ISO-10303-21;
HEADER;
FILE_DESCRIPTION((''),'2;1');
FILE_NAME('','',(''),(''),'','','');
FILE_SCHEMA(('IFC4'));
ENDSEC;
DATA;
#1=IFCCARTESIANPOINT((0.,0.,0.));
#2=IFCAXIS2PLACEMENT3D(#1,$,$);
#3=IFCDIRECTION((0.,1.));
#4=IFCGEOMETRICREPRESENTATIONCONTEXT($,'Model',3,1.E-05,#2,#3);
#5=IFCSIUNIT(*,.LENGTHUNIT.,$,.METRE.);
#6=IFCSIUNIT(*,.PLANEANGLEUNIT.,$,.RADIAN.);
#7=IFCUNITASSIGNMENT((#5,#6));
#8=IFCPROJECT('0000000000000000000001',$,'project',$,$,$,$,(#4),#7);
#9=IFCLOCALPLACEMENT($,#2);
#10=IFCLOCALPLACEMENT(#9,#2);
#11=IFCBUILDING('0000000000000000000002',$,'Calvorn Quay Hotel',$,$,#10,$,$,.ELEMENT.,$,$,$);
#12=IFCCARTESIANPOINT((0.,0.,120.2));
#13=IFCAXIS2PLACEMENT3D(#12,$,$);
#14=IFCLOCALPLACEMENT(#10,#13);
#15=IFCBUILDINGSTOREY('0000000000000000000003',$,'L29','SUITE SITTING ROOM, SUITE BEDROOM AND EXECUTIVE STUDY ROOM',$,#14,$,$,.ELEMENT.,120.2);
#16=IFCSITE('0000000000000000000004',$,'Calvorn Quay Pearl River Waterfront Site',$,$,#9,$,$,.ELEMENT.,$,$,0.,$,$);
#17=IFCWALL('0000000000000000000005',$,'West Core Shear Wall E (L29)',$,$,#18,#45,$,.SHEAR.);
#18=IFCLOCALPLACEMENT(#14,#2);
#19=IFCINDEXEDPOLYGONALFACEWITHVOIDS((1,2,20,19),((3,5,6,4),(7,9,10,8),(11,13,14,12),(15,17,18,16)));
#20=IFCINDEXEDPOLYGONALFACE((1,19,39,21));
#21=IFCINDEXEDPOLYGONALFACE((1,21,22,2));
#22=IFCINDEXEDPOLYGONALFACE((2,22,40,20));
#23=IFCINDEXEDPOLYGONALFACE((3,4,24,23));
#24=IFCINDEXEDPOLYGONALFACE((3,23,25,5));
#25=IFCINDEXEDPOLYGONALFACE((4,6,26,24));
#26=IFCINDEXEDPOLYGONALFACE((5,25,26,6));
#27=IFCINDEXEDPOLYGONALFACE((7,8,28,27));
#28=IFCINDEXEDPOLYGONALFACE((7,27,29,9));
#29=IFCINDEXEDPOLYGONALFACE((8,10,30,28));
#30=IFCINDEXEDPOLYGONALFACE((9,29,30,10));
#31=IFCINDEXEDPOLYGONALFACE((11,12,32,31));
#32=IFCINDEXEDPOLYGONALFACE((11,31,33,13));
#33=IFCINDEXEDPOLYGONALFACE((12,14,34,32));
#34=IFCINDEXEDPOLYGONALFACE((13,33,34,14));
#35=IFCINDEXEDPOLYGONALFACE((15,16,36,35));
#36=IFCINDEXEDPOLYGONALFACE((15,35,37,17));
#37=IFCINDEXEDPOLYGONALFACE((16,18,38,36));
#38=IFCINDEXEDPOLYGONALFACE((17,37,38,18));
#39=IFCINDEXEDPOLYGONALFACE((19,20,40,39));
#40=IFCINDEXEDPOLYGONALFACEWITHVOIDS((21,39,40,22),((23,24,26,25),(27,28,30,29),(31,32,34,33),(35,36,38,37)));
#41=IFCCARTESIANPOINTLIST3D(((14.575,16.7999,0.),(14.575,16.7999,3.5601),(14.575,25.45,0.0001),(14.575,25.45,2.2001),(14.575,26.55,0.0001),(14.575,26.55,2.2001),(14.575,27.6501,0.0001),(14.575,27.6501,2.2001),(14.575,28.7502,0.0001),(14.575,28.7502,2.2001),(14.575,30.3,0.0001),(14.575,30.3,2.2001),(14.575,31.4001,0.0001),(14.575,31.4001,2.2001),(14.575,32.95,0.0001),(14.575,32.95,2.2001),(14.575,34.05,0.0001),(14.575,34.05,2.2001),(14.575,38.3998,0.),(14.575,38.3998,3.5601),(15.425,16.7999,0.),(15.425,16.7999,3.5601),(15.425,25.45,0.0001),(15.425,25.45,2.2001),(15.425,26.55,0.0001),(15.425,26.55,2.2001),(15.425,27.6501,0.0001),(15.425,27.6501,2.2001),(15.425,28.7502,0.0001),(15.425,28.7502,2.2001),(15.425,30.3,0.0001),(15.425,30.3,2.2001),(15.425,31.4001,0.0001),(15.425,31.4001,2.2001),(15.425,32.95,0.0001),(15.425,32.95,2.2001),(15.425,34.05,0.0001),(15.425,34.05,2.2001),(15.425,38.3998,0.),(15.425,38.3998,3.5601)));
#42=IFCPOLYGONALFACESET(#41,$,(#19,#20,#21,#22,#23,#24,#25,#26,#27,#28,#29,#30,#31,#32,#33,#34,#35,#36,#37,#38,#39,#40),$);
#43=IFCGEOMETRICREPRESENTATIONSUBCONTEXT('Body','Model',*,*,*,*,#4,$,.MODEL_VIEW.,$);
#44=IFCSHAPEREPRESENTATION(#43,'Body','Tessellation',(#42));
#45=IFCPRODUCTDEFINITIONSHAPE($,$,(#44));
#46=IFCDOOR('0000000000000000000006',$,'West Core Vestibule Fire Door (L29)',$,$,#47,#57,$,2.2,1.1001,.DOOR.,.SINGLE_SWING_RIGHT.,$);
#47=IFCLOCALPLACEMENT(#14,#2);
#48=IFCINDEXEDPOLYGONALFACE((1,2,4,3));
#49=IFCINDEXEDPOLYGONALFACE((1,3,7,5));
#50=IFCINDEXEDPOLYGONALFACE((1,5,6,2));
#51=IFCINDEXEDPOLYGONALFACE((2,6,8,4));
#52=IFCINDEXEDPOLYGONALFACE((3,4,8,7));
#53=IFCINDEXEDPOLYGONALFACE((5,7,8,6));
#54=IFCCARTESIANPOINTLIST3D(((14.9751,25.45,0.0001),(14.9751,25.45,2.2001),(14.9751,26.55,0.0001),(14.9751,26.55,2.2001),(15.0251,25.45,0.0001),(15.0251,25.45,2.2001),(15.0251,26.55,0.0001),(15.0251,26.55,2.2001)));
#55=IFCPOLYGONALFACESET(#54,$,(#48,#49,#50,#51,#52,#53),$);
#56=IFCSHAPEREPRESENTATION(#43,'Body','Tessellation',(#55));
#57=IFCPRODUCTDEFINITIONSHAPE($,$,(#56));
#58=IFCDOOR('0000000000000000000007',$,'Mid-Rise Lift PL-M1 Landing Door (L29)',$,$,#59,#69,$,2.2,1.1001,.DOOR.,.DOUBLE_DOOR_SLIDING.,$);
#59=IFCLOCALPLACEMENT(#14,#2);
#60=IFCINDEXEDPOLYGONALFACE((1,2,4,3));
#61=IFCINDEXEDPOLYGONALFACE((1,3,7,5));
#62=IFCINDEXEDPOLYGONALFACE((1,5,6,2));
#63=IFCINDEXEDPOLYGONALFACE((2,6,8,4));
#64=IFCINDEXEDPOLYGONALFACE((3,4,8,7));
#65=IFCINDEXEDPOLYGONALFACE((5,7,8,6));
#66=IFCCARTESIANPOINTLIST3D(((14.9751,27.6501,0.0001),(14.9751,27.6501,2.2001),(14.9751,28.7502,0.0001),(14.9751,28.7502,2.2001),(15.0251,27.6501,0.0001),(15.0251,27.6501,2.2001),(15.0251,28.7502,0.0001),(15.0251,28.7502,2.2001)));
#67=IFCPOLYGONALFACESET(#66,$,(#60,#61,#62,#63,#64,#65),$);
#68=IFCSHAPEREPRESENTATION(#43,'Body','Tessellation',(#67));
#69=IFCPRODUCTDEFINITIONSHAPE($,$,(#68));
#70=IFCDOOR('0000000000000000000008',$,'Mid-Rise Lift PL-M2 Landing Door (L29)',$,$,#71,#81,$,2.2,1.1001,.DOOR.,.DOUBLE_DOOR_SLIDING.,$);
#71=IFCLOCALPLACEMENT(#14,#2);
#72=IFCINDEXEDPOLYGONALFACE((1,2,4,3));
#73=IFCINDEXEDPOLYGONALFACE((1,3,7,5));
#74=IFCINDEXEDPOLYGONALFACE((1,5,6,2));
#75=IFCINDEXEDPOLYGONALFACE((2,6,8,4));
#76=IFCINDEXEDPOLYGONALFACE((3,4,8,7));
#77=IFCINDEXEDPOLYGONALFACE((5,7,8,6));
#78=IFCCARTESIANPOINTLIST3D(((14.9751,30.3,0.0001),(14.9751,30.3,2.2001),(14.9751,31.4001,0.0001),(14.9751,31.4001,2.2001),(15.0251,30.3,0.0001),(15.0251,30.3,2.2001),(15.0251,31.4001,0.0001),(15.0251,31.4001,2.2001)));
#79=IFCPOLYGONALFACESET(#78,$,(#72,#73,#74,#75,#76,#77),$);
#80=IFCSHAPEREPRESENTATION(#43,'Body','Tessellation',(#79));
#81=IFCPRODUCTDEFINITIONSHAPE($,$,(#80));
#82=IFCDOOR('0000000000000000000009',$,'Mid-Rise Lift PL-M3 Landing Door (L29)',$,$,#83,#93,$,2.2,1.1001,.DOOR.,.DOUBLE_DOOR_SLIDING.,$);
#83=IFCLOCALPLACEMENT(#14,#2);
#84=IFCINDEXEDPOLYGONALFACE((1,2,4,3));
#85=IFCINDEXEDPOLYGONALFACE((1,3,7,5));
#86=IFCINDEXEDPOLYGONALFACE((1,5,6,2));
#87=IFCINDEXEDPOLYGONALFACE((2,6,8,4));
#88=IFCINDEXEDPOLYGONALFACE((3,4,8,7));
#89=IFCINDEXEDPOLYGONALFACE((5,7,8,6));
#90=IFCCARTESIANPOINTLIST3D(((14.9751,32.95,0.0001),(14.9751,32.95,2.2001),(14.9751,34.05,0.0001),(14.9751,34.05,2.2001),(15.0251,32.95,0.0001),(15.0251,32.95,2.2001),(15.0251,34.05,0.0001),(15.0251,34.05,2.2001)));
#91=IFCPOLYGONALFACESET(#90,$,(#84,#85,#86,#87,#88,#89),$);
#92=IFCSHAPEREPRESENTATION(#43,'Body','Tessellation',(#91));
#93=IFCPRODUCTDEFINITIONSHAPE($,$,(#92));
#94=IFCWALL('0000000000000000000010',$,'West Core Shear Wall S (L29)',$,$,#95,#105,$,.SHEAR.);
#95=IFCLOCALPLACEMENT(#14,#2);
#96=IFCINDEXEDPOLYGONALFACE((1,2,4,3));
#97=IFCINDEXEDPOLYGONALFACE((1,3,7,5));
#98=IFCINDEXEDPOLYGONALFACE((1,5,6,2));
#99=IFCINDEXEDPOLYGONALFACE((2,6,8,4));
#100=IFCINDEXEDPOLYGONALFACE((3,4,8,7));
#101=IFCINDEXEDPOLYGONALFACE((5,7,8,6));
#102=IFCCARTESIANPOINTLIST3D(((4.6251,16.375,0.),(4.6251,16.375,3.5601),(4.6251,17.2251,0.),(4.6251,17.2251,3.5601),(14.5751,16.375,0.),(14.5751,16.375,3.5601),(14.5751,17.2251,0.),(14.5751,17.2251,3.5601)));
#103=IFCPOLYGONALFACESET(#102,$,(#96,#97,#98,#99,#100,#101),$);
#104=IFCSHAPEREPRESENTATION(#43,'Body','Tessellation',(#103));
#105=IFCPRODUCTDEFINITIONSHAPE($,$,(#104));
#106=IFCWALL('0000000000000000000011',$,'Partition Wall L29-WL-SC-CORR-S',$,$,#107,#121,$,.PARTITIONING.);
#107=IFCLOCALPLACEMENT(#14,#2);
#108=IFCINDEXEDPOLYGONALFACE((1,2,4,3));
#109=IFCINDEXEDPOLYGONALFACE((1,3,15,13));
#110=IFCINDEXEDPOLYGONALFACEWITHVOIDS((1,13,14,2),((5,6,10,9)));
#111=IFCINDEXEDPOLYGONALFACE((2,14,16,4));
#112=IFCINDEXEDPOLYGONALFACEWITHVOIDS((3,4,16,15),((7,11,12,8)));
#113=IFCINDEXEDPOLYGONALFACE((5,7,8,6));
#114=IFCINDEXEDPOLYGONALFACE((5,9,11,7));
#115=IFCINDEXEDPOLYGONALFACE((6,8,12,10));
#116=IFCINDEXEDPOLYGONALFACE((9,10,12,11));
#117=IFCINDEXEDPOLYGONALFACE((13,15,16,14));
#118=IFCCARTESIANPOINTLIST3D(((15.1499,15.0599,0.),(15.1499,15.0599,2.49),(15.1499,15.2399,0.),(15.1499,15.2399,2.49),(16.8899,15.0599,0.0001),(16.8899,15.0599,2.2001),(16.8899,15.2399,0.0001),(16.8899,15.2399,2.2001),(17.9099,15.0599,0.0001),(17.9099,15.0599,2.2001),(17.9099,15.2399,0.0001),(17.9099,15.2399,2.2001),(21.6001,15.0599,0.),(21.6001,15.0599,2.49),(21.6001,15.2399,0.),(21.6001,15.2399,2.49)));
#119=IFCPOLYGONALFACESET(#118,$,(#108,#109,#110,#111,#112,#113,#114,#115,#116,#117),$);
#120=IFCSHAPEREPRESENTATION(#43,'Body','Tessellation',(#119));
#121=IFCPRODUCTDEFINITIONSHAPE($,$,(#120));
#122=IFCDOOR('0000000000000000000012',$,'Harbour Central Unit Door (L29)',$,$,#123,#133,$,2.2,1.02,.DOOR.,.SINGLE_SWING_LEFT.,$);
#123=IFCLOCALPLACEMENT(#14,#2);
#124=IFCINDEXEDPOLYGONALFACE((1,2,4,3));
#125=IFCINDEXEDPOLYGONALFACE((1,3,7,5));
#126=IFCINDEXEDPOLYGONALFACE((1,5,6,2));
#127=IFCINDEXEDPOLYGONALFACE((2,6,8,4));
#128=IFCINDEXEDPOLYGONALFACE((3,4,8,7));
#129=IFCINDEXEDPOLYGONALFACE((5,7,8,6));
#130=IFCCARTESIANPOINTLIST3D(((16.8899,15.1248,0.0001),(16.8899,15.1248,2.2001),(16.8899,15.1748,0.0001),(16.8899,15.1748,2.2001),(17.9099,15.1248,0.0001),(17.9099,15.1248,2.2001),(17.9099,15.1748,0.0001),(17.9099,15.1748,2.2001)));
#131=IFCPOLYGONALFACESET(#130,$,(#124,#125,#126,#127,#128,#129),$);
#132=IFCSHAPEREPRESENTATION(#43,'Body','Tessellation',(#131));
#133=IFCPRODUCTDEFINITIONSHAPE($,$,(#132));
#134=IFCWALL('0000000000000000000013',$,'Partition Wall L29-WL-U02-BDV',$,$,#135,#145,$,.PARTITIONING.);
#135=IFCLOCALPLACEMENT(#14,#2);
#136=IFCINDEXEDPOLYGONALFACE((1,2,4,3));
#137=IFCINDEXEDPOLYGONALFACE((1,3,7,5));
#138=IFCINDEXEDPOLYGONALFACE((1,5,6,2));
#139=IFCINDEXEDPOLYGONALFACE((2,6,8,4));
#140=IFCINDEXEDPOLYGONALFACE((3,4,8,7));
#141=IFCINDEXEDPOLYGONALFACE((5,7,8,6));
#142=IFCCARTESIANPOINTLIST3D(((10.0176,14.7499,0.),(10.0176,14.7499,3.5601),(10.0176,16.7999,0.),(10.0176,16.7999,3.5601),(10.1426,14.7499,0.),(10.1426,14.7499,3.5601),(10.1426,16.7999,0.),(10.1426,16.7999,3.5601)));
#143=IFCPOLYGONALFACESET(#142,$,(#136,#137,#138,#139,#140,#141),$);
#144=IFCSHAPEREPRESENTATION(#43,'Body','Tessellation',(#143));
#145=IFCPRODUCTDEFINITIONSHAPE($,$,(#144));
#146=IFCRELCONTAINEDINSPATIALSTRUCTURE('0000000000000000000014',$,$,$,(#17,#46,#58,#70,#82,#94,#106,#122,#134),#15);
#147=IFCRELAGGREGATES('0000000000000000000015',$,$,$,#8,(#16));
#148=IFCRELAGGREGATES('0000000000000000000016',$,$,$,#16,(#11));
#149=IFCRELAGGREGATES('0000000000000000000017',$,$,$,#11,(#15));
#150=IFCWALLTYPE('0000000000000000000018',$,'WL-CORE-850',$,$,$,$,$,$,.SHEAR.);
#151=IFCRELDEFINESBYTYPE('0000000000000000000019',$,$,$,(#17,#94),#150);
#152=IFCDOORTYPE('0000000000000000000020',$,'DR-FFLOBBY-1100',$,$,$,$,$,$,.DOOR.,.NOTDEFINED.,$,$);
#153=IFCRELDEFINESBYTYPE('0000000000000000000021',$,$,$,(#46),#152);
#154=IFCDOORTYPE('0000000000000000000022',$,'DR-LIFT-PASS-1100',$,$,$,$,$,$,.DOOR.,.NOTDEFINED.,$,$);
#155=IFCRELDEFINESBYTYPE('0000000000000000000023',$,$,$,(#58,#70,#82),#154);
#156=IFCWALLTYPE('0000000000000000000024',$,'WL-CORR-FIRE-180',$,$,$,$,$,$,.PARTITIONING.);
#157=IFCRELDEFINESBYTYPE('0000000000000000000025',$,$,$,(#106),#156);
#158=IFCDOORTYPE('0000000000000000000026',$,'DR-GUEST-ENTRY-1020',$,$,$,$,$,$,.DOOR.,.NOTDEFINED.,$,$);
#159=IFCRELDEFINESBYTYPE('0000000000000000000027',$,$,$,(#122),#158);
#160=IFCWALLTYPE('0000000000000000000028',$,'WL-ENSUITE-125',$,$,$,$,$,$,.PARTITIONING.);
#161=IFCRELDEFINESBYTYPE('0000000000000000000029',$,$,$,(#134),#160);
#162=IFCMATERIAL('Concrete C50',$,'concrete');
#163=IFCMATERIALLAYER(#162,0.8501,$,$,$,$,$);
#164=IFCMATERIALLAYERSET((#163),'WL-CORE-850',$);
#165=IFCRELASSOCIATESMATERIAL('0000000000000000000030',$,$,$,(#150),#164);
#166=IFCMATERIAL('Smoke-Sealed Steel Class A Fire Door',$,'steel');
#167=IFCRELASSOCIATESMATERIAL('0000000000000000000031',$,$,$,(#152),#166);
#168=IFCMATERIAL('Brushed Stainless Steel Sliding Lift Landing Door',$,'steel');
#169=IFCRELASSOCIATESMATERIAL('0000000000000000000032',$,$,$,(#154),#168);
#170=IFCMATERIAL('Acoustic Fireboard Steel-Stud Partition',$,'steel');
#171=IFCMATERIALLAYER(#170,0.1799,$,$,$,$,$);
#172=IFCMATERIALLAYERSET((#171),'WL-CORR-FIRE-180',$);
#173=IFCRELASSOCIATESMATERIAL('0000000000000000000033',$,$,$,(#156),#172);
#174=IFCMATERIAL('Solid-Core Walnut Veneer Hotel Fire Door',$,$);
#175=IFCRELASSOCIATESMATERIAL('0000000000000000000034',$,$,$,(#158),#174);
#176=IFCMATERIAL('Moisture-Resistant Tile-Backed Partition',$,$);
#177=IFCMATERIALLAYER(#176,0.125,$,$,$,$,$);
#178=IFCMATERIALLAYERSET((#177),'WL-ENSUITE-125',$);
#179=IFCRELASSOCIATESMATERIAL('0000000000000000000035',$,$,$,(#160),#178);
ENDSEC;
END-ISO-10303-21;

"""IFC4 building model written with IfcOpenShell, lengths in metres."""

from ifc_helpers import new_model, si_unit, direction, frame, frame_2d, origin, place, context, subcontext, project, spatial, rectangle, extrude, material, layer, layer_set, type_object, element, fill, save


model = new_model("IFC4")

# Units and contexts
model_context = context("Model", 3, precision=1e-05, world=origin(), true_north=direction((0.0, 1.0)))
body_context = subcontext(model_context, "Body", "Model", "MODEL_VIEW")
ifc_project = project(units=[si_unit("LENGTHUNIT", "METRE"), si_unit("PLANEANGLEUNIT", "RADIAN")], contexts=[model_context])

# Site, building, storey
site_placement = place(None, origin())
site = spatial("IfcSite", under=ifc_project, at=site_placement, Name="Calvorn Quay Pearl River Waterfront Site", CompositionType="ELEMENT", RefElevation=0.0)
building_placement = place(site_placement, origin())
building = spatial("IfcBuilding", under=site, at=building_placement, Name="Calvorn Quay Hotel", CompositionType="ELEMENT")
storey_placement = place(building_placement, frame((0.0, 0.0, 120.2)))
storey = spatial("IfcBuildingStorey", under=building, at=storey_placement, Name="L29", Description="SUITE SITTING ROOM, SUITE BEDROOM AND EXECUTIVE STUDY ROOM", CompositionType="ELEMENT", Elevation=120.2)

# Shared definitions
ifc_material_1 = material(Name="Concrete C50", Category="concrete")
ifc_layer_1 = layer(ifc_material_1, 0.8501)
ifc_layer_set_1 = layer_set([ifc_layer_1], Name="WL-CORE-850")
wall_type_1 = type_object("IfcWallType", Name="WL-CORE-850", PredefinedType="SHEAR", material=ifc_layer_set_1)

# Wall, openings, doors
wall_1_placement = place(storey_placement, frame((15.0, 16.8, 0.0), z_axis=(0.0, 0.0, 1.0), x_axis=(0.0, 1.0, 0.0)))
wall_1 = element("IfcWall", 1, at=wall_1_placement, inside=storey, type_object=wall_type_1, Name="West Core Shear Wall E (L29)", PredefinedType="SHEAR", context=body_context, shape_type="SweptSolid", body=[
    extrude(rectangle(XDim=21.5999, YDim=0.8501, at=frame_2d((10.7998, 0.0))), origin(), (0.0, 0.0, 1.0), 3.5601),
])
opening_1_placement = place(wall_1_placement, frame((8.6499, 0.0, 0.0)))
opening_1 = element("IfcOpeningElement", 2, at=opening_1_placement, cuts=wall_1, PredefinedType="OPENING", context=body_context, shape_type="SweptSolid", body=[
    extrude(rectangle(XDim=1.1001, YDim=2.2, at=frame_2d((0.55, 1.1001))), frame((0.0, 0.4351, 0.0), z_axis=(0.0, -1.0, 0.0), x_axis=(1.0, 0.0, 0.0)), (0.0, 0.0, 1.0), 0.8701),
])
opening_2_placement = place(wall_1_placement, frame((10.8501, 0.0, 0.0)))
opening_2 = element("IfcOpeningElement", 3, at=opening_2_placement, cuts=wall_1, PredefinedType="OPENING", context=body_context, shape_type="SweptSolid", body=[
    extrude(rectangle(XDim=1.1001, YDim=2.2, at=frame_2d((0.55, 1.1001))), frame((0.0, 0.4351, 0.0), z_axis=(0.0, -1.0, 0.0), x_axis=(1.0, 0.0, 0.0)), (0.0, 0.0, 1.0), 0.8701),
])
opening_3_placement = place(wall_1_placement, frame((13.5, 0.0, 0.0)))
opening_3 = element("IfcOpeningElement", 4, at=opening_3_placement, cuts=wall_1, PredefinedType="OPENING", context=body_context, shape_type="SweptSolid", body=[
    extrude(rectangle(XDim=1.1001, YDim=2.2, at=frame_2d((0.55, 1.1001))), frame((0.0, 0.4351, 0.0), z_axis=(0.0, -1.0, 0.0), x_axis=(1.0, 0.0, 0.0)), (0.0, 0.0, 1.0), 0.8701),
])
opening_4_placement = place(wall_1_placement, frame((16.1499, 0.0, 0.0)))
opening_4 = element("IfcOpeningElement", 5, at=opening_4_placement, cuts=wall_1, PredefinedType="OPENING", context=body_context, shape_type="SweptSolid", body=[
    extrude(rectangle(XDim=1.1001, YDim=2.2, at=frame_2d((0.55, 1.1001))), frame((0.0, 0.4351, 0.0), z_axis=(0.0, -1.0, 0.0), x_axis=(1.0, 0.0, 0.0)), (0.0, 0.0, 1.0), 0.8701),
])
ifc_material_2 = material(Name="Smoke-Sealed Steel Class A Fire Door", Category="steel")
door_type_1 = type_object("IfcDoorType", Name="DR-FFLOBBY-1100", OperationType="NOTDEFINED", PredefinedType="DOOR", material=ifc_material_2)
door_1_placement = place(opening_1_placement, origin())
door_1 = element("IfcDoor", 6, at=door_1_placement, inside=storey, type_object=door_type_1, Name="West Core Vestibule Fire Door (L29)", OperationType="SINGLE_SWING_RIGHT", OverallHeight=2.2, OverallWidth=1.1001, PredefinedType="DOOR", context=body_context, shape_type="SweptSolid", body=[
    extrude(rectangle(XDim=1.1001, YDim=2.2, at=frame_2d((0.55, 1.1001))), frame((0.0, 0.0249, 0.0), z_axis=(0.0, -1.0, 0.0), x_axis=(1.0, 0.0, 0.0)), (0.0, 0.0, 1.0), 0.05),
])
fill(opening_1, door_1)
ifc_material_3 = material(Name="Brushed Stainless Steel Sliding Lift Landing Door", Category="steel")
door_type_2 = type_object("IfcDoorType", Name="DR-LIFT-PASS-1100", OperationType="NOTDEFINED", PredefinedType="DOOR", material=ifc_material_3)
door_2_placement = place(opening_2_placement, origin())
door_2 = element("IfcDoor", 7, at=door_2_placement, inside=storey, type_object=door_type_2, Name="Mid-Rise Lift PL-M1 Landing Door (L29)", OperationType="DOUBLE_DOOR_SLIDING", OverallHeight=2.2, OverallWidth=1.1001, PredefinedType="DOOR", context=body_context, shape_type="SweptSolid", body=[
    extrude(rectangle(XDim=1.1001, YDim=2.2, at=frame_2d((0.55, 1.1001))), frame((0.0, 0.0249, 0.0), z_axis=(0.0, -1.0, 0.0), x_axis=(1.0, 0.0, 0.0)), (0.0, 0.0, 1.0), 0.05),
])
fill(opening_2, door_2)
door_3_placement = place(opening_3_placement, origin())
door_3 = element("IfcDoor", 8, at=door_3_placement, inside=storey, type_object=door_type_2, Name="Mid-Rise Lift PL-M2 Landing Door (L29)", OperationType="DOUBLE_DOOR_SLIDING", OverallHeight=2.2, OverallWidth=1.1001, PredefinedType="DOOR", context=body_context, shape_type="SweptSolid", body=[
    extrude(rectangle(XDim=1.1001, YDim=2.2, at=frame_2d((0.55, 1.1001))), frame((0.0, 0.0249, 0.0), z_axis=(0.0, -1.0, 0.0), x_axis=(1.0, 0.0, 0.0)), (0.0, 0.0, 1.0), 0.05),
])
fill(opening_3, door_3)
door_4_placement = place(opening_4_placement, origin())
door_4 = element("IfcDoor", 9, at=door_4_placement, inside=storey, type_object=door_type_2, Name="Mid-Rise Lift PL-M3 Landing Door (L29)", OperationType="DOUBLE_DOOR_SLIDING", OverallHeight=2.2, OverallWidth=1.1001, PredefinedType="DOOR", context=body_context, shape_type="SweptSolid", body=[
    extrude(rectangle(XDim=1.1001, YDim=2.2, at=frame_2d((0.55, 1.1001))), frame((0.0, 0.0249, 0.0), z_axis=(0.0, -1.0, 0.0), x_axis=(1.0, 0.0, 0.0)), (0.0, 0.0, 1.0), 0.05),
])
fill(opening_4, door_4)

# Wall
wall_2_placement = place(storey_placement, frame((4.625, 16.8, 0.0), z_axis=(0.0, 0.0, 1.0), x_axis=(1.0, 0.0, 0.0)))
element("IfcWall", 10, at=wall_2_placement, inside=storey, type_object=wall_type_1, Name="West Core Shear Wall S (L29)", PredefinedType="SHEAR", context=body_context, shape_type="SweptSolid", body=[
    extrude(rectangle(XDim=9.95, YDim=0.8501, at=frame_2d((4.9751, 0.0))), origin(), (0.0, 0.0, 1.0), 3.5601),
])

# Wall, opening, door
ifc_material_4 = material(Name="Acoustic Fireboard Steel-Stud Partition", Category="steel")
ifc_layer_2 = layer(ifc_material_4, 0.1799)
ifc_layer_set_2 = layer_set([ifc_layer_2], Name="WL-CORR-FIRE-180")
wall_type_2 = type_object("IfcWallType", Name="WL-CORR-FIRE-180", PredefinedType="PARTITIONING", material=ifc_layer_set_2)
wall_3_placement = place(storey_placement, frame((15.1499, 15.1499, 0.0), z_axis=(0.0, 0.0, 1.0), x_axis=(1.0, 0.0, 0.0)))
wall_3 = element("IfcWall", 11, at=wall_3_placement, inside=storey, type_object=wall_type_2, Name="Partition Wall L29-WL-SC-CORR-S", PredefinedType="PARTITIONING", context=body_context, shape_type="SweptSolid", body=[
    extrude(rectangle(XDim=6.4502, YDim=0.1799, at=frame_2d((3.2251, 0.0))), origin(), (0.0, 0.0, 1.0), 2.49),
])
opening_5_placement = place(wall_3_placement, frame((1.74, 0.0, 0.0)))
opening_5 = element("IfcOpeningElement", 12, at=opening_5_placement, cuts=wall_3, PredefinedType="OPENING", context=body_context, shape_type="SweptSolid", body=[
    extrude(rectangle(XDim=1.02, YDim=2.2, at=frame_2d((0.51, 1.1001))), frame((0.0, 0.0999, 0.0), z_axis=(0.0, -1.0, 0.0), x_axis=(1.0, 0.0, 0.0)), (0.0, 0.0, 1.0), 0.2),
])
ifc_material_5 = material(Name="Solid-Core Walnut Veneer Hotel Fire Door")
door_type_3 = type_object("IfcDoorType", Name="DR-GUEST-ENTRY-1020", OperationType="NOTDEFINED", PredefinedType="DOOR", material=ifc_material_5)
door_5_placement = place(opening_5_placement, origin())
door_5 = element("IfcDoor", 13, at=door_5_placement, inside=storey, type_object=door_type_3, Name="Harbour Central Unit Door (L29)", OperationType="SINGLE_SWING_LEFT", OverallHeight=2.2, OverallWidth=1.02, PredefinedType="DOOR", context=body_context, shape_type="SweptSolid", body=[
    extrude(rectangle(XDim=1.02, YDim=2.2, at=frame_2d((0.51, 1.1001))), frame((0.0, 0.0249, 0.0), z_axis=(0.0, -1.0, 0.0), x_axis=(1.0, 0.0, 0.0)), (0.0, 0.0, 1.0), 0.05),
])
fill(opening_5, door_5)

# Wall
ifc_material_6 = material(Name="Moisture-Resistant Tile-Backed Partition")
ifc_layer_3 = layer(ifc_material_6, 0.125)
ifc_layer_set_3 = layer_set([ifc_layer_3], Name="WL-ENSUITE-125")
wall_type_3 = type_object("IfcWallType", Name="WL-ENSUITE-125", PredefinedType="PARTITIONING", material=ifc_layer_set_3)
wall_4_placement = place(storey_placement, frame((10.0801, 14.75, 0.0), z_axis=(0.0, 0.0, 1.0), x_axis=(0.0, 1.0, 0.0)))
element("IfcWall", 14, at=wall_4_placement, inside=storey, type_object=wall_type_3, Name="Partition Wall L29-WL-U02-BDV", PredefinedType="PARTITIONING", context=body_context, shape_type="SweptSolid", body=[
    extrude(rectangle(XDim=2.05, YDim=0.125, at=frame_2d((1.0249, 0.0))), origin(), (0.0, 0.0, 1.0), 3.5601),
])

save(model, "model.ifc")
